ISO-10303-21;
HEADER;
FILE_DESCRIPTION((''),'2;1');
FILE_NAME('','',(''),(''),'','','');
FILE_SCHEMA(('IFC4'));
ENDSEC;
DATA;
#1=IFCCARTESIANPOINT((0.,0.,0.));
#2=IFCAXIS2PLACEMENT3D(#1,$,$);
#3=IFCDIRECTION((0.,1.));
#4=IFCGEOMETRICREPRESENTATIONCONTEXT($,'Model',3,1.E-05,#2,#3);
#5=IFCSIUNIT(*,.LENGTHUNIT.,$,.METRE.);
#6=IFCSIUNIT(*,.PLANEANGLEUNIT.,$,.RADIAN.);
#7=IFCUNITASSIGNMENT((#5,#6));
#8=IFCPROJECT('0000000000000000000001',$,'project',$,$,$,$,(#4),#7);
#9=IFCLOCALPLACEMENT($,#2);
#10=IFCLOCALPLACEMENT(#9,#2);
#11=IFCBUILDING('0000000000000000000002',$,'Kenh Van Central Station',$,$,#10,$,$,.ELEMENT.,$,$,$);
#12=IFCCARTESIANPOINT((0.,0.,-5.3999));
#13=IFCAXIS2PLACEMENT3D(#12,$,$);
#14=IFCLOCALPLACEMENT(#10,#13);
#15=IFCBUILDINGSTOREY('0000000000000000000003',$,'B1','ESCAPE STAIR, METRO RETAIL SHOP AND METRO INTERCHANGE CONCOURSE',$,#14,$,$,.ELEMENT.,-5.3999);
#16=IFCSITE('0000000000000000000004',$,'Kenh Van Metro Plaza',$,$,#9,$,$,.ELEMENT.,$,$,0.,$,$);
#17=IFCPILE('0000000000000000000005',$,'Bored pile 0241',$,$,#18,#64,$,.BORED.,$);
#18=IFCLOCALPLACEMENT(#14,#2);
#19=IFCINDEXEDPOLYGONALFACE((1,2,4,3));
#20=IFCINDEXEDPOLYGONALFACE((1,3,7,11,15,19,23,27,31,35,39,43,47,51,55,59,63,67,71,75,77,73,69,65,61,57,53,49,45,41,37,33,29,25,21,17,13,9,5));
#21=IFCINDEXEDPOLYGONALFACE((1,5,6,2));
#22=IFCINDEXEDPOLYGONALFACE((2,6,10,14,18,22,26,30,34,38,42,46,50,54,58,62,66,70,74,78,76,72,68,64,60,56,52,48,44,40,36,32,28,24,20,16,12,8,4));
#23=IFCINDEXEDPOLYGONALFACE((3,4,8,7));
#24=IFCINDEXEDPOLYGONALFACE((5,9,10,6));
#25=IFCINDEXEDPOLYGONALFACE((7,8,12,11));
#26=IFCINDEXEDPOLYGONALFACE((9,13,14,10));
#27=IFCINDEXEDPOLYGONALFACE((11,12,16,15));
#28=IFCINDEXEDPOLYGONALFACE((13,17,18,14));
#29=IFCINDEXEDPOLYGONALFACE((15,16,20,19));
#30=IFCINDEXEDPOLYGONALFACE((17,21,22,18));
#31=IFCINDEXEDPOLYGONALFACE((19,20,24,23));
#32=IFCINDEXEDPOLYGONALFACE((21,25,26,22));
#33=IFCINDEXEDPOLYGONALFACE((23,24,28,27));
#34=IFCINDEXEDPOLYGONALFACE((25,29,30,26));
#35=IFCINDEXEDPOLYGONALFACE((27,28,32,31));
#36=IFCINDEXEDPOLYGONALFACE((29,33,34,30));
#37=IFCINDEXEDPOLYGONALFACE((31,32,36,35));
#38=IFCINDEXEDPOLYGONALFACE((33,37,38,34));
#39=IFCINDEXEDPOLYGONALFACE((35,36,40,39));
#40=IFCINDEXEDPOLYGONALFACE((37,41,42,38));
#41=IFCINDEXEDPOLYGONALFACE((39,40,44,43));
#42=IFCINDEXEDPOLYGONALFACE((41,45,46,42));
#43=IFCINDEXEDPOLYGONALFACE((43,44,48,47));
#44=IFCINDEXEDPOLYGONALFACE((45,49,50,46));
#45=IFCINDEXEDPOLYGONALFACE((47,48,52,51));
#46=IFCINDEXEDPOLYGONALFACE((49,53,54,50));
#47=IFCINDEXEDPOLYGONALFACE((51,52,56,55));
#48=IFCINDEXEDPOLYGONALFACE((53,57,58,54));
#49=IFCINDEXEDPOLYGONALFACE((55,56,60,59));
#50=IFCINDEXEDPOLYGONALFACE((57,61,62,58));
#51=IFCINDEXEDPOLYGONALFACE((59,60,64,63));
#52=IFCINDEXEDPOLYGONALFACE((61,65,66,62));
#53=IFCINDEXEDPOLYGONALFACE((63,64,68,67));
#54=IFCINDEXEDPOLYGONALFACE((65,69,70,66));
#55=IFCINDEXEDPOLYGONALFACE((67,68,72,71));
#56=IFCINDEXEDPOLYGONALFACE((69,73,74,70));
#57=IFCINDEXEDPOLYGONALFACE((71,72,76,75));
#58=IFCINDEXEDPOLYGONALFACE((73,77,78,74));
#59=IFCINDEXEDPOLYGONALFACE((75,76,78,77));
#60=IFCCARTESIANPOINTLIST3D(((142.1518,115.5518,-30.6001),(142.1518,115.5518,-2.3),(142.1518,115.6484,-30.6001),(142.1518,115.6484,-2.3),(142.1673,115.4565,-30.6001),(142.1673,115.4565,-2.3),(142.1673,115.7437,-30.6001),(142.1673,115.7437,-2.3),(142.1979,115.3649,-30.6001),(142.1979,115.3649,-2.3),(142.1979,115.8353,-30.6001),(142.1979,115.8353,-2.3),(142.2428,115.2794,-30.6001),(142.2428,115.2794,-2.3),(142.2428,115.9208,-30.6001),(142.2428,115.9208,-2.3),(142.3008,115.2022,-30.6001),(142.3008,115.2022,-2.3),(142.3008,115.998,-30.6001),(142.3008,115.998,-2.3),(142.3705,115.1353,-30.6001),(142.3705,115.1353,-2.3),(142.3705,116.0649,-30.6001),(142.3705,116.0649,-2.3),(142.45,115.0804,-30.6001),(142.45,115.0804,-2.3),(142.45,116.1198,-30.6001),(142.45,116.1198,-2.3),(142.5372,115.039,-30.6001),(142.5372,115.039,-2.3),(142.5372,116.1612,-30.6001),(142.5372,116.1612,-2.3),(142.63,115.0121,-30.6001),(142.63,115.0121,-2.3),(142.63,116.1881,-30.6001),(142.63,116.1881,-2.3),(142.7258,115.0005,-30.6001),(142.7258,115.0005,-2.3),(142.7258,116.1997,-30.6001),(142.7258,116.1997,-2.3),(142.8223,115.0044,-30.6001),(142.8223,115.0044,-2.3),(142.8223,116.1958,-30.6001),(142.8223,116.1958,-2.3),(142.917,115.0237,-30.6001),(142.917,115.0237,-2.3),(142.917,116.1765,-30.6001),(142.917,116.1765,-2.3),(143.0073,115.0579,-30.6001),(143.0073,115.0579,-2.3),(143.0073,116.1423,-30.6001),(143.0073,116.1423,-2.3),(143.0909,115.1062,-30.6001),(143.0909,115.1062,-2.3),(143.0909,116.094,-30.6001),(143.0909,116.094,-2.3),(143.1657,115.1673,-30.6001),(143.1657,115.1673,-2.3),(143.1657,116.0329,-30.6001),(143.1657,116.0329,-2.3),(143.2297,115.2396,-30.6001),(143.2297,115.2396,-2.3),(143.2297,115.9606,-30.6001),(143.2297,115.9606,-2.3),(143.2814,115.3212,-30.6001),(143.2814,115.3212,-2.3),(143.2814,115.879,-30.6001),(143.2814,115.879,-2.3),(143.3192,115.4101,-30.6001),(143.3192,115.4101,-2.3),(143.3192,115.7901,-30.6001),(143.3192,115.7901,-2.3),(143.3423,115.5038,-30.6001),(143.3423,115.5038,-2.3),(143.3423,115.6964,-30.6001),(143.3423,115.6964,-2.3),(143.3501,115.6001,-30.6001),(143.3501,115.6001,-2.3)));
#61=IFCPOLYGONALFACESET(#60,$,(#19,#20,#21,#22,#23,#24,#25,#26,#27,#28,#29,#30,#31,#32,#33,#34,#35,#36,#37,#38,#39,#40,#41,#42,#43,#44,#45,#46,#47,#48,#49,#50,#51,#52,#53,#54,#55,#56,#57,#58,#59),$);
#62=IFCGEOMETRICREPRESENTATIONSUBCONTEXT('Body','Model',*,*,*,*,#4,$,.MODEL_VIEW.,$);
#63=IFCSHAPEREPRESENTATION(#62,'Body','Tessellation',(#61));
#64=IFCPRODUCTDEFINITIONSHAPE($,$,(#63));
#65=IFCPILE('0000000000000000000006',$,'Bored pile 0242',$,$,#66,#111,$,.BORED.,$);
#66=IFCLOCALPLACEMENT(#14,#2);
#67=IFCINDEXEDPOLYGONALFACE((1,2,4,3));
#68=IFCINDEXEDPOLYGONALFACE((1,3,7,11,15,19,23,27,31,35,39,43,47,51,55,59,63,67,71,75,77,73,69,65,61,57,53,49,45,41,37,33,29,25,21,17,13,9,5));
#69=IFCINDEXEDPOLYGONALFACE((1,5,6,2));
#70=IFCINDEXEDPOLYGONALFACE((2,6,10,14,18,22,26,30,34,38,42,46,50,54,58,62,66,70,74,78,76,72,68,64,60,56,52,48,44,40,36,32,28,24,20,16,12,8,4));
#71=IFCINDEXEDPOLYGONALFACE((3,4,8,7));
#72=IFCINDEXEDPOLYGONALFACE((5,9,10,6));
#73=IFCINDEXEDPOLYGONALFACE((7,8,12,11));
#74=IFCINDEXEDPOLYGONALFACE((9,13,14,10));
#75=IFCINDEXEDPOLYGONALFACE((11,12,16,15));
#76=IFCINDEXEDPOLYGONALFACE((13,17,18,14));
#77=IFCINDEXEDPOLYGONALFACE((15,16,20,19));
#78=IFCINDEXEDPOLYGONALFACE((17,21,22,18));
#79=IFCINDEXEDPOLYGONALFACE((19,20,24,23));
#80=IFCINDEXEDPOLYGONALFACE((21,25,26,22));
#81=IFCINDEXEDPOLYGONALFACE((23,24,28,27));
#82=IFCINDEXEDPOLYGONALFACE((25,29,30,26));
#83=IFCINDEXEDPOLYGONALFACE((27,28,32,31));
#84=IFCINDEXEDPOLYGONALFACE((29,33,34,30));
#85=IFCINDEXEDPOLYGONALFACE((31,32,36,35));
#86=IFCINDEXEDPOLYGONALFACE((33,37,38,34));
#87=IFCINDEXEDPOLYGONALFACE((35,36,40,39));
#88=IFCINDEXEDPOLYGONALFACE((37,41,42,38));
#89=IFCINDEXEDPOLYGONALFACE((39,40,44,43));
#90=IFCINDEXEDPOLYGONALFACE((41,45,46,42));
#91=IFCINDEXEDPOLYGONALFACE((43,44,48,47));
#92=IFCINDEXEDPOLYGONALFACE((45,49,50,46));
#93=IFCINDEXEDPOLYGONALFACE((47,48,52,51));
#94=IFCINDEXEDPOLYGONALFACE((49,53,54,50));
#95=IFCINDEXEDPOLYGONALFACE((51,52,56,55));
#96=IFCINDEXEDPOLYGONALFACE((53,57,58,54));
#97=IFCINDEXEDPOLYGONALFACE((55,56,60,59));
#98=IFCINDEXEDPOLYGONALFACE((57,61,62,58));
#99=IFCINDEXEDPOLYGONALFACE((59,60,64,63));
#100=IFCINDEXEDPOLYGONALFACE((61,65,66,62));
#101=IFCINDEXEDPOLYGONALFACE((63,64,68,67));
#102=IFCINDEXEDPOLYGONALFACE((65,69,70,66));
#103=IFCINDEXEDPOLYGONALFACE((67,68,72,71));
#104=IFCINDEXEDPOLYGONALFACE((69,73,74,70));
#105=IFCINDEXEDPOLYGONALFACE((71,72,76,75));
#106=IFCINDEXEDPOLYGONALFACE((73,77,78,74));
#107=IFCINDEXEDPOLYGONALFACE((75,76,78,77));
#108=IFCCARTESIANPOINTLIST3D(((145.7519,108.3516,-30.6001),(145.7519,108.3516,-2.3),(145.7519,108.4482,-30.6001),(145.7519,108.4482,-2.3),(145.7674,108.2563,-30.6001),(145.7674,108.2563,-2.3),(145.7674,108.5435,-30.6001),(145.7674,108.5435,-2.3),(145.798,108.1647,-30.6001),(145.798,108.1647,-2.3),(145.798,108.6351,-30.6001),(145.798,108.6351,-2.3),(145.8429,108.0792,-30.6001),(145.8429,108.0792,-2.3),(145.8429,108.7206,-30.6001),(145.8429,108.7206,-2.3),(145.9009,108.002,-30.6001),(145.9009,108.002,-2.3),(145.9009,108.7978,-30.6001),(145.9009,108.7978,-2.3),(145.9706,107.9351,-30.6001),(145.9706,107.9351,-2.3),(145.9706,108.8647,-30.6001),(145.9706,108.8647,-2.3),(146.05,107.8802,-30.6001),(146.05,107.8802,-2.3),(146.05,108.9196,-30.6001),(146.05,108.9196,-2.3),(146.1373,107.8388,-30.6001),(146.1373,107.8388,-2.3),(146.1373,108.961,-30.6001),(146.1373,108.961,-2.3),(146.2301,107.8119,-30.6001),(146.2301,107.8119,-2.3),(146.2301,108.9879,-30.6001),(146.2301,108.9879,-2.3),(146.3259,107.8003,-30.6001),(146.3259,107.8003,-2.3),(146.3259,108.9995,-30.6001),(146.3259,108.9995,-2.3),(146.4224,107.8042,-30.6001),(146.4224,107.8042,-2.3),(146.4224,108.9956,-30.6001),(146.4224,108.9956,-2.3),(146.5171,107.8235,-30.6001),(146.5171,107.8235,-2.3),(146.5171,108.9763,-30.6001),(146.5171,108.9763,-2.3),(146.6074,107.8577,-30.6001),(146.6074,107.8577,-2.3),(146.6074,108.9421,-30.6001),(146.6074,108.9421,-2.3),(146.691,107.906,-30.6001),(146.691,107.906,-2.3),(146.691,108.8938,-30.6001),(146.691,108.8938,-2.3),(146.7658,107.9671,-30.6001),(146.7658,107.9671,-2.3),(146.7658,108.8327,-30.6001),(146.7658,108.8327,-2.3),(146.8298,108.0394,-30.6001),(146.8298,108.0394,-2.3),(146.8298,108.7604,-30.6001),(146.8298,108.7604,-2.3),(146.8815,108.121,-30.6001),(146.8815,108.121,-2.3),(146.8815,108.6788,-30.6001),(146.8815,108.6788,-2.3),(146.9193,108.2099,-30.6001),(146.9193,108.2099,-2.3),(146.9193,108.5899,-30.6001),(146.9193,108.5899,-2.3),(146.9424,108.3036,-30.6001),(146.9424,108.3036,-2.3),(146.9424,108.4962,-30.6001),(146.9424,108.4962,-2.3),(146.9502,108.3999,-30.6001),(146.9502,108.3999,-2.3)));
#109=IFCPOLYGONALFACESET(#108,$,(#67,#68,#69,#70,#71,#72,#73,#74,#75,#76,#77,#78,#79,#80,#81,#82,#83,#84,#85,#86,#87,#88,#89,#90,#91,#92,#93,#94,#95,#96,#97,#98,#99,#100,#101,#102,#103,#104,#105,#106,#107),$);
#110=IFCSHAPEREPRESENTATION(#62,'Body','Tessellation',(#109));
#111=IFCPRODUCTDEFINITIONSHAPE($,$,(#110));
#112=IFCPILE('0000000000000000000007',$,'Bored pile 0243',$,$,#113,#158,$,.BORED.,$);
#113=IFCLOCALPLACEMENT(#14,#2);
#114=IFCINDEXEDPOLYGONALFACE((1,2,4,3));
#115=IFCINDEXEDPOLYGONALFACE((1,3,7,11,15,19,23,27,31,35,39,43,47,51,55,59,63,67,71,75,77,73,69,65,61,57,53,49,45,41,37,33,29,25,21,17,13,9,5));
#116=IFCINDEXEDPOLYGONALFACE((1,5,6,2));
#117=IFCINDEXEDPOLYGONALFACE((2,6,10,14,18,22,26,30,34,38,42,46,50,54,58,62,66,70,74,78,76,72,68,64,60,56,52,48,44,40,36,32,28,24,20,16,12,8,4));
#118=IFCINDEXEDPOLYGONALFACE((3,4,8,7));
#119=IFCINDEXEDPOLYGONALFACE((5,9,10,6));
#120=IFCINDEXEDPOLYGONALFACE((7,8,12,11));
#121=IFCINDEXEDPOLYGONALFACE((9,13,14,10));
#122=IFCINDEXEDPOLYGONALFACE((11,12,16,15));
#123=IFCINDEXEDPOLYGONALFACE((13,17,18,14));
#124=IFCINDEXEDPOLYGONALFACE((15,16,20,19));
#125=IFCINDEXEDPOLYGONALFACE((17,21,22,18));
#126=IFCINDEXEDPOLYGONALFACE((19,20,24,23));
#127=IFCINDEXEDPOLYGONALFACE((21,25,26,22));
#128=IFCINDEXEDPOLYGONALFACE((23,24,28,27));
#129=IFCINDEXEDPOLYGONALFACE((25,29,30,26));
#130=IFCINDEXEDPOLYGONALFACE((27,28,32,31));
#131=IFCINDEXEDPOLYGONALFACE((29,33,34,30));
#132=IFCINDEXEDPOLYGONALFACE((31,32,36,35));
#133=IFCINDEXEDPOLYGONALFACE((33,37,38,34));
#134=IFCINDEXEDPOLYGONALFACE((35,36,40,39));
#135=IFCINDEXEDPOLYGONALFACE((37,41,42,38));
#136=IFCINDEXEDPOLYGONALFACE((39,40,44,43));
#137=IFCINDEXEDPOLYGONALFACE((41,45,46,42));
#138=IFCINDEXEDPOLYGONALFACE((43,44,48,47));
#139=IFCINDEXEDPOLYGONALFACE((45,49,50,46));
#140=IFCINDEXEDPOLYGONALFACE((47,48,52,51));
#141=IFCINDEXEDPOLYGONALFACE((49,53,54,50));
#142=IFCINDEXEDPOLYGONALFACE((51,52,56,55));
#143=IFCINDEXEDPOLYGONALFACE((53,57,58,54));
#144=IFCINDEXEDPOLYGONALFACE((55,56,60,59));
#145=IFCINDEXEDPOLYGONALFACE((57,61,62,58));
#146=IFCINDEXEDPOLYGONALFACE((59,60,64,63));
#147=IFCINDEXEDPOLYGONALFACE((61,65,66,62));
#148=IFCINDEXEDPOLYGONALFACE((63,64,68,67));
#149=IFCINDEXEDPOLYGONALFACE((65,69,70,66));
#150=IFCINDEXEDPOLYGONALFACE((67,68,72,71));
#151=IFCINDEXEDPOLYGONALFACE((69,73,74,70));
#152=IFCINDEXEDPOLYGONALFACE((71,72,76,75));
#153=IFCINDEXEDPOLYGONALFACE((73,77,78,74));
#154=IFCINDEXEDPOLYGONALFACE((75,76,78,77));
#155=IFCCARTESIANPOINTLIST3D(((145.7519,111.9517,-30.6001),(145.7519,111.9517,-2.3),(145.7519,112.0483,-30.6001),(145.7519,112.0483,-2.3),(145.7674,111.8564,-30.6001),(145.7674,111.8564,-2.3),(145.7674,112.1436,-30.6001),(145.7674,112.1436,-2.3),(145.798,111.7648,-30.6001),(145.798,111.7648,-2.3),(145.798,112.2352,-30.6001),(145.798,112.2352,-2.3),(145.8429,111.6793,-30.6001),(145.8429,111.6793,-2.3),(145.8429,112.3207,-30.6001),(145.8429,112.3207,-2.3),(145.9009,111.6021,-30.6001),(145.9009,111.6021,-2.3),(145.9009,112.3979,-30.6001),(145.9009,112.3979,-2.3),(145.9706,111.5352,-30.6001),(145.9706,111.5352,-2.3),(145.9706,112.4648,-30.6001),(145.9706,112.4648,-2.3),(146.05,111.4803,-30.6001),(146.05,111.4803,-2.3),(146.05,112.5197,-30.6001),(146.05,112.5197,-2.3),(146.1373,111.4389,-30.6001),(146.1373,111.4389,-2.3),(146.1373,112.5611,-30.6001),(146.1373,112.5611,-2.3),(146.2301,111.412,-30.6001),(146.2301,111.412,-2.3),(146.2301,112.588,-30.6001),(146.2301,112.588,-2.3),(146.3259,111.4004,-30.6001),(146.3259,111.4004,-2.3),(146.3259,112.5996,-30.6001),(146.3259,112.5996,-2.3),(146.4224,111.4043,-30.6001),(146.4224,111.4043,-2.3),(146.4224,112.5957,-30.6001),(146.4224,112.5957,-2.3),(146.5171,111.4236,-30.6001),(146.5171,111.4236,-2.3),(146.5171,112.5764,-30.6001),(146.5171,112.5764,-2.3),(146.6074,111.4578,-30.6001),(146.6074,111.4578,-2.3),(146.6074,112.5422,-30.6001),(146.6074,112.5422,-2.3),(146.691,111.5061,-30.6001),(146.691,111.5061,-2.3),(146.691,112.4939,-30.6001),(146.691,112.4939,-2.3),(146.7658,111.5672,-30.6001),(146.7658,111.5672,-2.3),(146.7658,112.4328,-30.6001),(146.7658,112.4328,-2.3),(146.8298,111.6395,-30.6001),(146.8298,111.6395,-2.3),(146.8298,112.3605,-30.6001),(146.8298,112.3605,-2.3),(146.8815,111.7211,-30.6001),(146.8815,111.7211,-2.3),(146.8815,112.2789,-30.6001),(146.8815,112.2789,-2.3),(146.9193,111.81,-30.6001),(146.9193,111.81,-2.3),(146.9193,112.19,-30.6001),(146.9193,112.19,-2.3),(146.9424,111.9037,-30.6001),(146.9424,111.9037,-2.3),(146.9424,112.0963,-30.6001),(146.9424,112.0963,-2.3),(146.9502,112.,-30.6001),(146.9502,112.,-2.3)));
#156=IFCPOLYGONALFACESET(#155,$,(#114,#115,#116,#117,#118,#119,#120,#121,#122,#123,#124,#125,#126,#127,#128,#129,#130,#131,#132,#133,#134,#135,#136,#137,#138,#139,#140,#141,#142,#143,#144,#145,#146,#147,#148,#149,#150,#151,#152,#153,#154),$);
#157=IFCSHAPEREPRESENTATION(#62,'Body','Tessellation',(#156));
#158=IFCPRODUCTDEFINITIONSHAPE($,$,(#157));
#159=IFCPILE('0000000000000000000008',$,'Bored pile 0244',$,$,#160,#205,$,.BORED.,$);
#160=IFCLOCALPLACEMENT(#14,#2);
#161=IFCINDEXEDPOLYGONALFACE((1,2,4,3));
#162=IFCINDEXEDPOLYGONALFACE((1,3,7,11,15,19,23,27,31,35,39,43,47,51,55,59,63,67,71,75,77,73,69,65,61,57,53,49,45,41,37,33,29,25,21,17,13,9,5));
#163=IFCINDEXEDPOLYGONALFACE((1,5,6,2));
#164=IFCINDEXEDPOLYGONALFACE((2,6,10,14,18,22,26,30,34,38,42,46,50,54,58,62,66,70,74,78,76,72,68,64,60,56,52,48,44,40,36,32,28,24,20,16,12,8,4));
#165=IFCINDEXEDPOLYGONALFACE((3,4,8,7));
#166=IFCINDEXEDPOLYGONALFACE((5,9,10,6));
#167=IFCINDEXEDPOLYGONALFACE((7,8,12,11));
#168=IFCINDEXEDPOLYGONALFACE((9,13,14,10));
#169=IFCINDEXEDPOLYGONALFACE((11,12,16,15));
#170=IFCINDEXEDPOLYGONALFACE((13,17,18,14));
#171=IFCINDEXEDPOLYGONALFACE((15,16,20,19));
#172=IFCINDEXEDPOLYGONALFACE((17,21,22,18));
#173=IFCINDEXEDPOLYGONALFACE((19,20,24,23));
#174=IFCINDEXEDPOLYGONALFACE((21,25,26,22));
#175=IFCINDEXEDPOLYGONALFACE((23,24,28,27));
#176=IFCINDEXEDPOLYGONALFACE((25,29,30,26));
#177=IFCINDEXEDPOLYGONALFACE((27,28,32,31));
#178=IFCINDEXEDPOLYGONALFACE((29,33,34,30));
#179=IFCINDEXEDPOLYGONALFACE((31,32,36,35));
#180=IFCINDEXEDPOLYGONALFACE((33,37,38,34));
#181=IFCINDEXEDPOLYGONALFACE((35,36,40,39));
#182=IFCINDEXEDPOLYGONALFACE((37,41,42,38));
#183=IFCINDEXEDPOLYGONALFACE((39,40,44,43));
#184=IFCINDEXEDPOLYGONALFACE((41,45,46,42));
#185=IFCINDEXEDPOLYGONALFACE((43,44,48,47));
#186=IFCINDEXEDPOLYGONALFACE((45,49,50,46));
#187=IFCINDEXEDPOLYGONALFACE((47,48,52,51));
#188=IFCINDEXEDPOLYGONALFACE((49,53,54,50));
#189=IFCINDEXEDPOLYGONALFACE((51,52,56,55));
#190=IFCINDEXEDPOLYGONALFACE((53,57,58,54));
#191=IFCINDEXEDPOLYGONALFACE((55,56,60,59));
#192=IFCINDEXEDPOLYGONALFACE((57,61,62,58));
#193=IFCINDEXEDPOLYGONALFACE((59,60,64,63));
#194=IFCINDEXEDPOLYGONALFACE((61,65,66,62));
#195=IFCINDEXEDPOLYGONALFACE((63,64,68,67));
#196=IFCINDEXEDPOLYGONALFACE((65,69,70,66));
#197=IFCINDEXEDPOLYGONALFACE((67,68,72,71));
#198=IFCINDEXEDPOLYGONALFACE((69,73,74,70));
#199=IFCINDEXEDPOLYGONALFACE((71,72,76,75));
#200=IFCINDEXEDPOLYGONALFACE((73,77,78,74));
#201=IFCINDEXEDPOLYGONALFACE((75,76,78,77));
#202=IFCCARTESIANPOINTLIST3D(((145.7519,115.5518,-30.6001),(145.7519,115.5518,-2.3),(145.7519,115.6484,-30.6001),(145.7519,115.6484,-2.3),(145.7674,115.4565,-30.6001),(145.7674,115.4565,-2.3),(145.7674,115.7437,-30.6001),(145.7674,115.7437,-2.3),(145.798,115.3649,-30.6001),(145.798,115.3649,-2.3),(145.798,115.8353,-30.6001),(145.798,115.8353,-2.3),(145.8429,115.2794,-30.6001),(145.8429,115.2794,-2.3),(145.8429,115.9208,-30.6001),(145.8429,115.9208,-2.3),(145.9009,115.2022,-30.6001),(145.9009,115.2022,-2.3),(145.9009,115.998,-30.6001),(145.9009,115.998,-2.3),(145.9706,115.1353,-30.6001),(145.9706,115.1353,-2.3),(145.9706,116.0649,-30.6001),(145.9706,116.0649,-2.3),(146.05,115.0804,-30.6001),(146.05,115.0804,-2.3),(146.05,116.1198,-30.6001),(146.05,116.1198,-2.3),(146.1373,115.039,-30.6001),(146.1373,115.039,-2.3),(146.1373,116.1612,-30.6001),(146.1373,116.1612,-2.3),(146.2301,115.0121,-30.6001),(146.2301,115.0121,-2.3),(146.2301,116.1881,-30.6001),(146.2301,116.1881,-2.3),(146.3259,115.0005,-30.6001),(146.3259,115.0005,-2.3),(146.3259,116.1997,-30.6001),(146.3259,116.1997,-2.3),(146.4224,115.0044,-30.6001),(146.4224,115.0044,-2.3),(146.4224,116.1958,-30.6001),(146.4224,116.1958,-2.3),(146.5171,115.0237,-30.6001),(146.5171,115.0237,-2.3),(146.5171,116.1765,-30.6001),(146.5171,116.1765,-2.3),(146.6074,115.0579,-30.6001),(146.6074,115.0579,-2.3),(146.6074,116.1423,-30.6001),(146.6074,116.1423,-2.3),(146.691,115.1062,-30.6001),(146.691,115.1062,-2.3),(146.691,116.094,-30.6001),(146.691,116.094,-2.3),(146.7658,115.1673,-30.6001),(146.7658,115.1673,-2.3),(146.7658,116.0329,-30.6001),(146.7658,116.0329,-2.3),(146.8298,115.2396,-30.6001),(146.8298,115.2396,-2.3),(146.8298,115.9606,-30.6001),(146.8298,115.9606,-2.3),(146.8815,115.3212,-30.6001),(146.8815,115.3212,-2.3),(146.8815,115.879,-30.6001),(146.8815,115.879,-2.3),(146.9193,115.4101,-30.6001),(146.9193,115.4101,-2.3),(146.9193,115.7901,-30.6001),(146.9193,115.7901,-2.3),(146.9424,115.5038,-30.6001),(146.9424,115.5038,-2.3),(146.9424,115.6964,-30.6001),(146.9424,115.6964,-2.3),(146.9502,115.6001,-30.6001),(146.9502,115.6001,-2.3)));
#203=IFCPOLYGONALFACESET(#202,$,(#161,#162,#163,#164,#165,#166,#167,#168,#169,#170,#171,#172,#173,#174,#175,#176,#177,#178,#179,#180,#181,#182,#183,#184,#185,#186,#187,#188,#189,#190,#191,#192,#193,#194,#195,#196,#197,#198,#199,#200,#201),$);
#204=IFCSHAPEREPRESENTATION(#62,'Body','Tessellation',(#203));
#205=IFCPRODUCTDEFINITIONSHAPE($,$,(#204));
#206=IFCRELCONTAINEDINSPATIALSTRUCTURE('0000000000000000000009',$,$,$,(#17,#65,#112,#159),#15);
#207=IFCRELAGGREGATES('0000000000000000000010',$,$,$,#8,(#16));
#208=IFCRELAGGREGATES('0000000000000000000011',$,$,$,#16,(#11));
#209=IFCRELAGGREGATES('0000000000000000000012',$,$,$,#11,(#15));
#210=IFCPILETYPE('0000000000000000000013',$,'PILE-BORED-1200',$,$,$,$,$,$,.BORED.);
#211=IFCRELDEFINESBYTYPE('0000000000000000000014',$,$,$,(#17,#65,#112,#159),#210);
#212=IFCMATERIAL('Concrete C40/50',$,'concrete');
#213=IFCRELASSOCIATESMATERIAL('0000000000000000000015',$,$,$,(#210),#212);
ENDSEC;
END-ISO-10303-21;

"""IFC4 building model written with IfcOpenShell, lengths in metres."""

from ifc_helpers import new_model, si_unit, direction, frame, origin, origin_2d, place, context, subcontext, project, spatial, circle, extrude, material, material_profile, profile_set, type_object, element, save


model = new_model("IFC4")

# Units and contexts
model_context = context("Model", 3, precision=1e-05, world=origin(), true_north=direction((0.0, 1.0)))
body_context = subcontext(model_context, "Body", "Model", "MODEL_VIEW")
ifc_project = project(units=[si_unit("LENGTHUNIT", "METRE"), si_unit("PLANEANGLEUNIT", "RADIAN")], contexts=[model_context])

# Site, building, storey
site_placement = place(None, origin())
site = spatial("IfcSite", under=ifc_project, at=site_placement, Name="Kenh Van Metro Plaza", CompositionType="ELEMENT", RefElevation=0.0)
building_placement = place(site_placement, origin())
building = spatial("IfcBuilding", under=site, at=building_placement, Name="Kenh Van Central Station", CompositionType="ELEMENT")
storey_placement = place(building_placement, frame((0.0, 0.0, -5.3999)))
storey = spatial("IfcBuildingStorey", under=building, at=storey_placement, Name="B1", Description="ESCAPE STAIR, METRO RETAIL SHOP AND METRO INTERCHANGE CONCOURSE", CompositionType="ELEMENT", Elevation=-5.3999)

# Shared definitions
ifc_material_1 = material(Name="Concrete C40/50", Category="concrete")

# Piles
ifc_material_profile_1 = material_profile(ifc_material_1, circle(Radius=0.6001, at=origin_2d()), Name="PILE D1200")
ifc_profile_set_1 = profile_set([ifc_material_profile_1], Name="Concrete C40/50")
pile_type_1 = type_object("IfcPileType", Name="PILE-BORED-1200", PredefinedType="BORED", material=ifc_profile_set_1)
for number, where, z_axis, x_axis, name in (
    (1, (142.75, 115.6001, -2.3), (0.0, 0.0, -1.0), (1.0, 0.0, 0.0), "Bored pile 0241"),
    (2, (146.3501, 108.3999, -2.3), (0.0, 0.0, -1.0), (1.0, 0.0, 0.0), "Bored pile 0242"),
    (3, (146.3501, 112.0, -2.3), (0.0, 0.0, -1.0), (1.0, 0.0, 0.0), "Bored pile 0243"),
    (4, (146.3501, 115.6001, -2.3), (0.0, 0.0, -1.0), (1.0, 0.0, 0.0), "Bored pile 0244"),
):
    element("IfcPile", number, at=place(storey_placement, frame(where, z_axis=z_axis, x_axis=x_axis)), inside=storey, type_object=pile_type_1, Name=name, PredefinedType="BORED", context=body_context, shape_type="SweptSolid", body=[
        extrude(circle(Radius=0.6001, at=origin_2d()), origin(), (0.0, 0.0, 1.0), 28.3),
    ])

save(model, "model.ifc")
